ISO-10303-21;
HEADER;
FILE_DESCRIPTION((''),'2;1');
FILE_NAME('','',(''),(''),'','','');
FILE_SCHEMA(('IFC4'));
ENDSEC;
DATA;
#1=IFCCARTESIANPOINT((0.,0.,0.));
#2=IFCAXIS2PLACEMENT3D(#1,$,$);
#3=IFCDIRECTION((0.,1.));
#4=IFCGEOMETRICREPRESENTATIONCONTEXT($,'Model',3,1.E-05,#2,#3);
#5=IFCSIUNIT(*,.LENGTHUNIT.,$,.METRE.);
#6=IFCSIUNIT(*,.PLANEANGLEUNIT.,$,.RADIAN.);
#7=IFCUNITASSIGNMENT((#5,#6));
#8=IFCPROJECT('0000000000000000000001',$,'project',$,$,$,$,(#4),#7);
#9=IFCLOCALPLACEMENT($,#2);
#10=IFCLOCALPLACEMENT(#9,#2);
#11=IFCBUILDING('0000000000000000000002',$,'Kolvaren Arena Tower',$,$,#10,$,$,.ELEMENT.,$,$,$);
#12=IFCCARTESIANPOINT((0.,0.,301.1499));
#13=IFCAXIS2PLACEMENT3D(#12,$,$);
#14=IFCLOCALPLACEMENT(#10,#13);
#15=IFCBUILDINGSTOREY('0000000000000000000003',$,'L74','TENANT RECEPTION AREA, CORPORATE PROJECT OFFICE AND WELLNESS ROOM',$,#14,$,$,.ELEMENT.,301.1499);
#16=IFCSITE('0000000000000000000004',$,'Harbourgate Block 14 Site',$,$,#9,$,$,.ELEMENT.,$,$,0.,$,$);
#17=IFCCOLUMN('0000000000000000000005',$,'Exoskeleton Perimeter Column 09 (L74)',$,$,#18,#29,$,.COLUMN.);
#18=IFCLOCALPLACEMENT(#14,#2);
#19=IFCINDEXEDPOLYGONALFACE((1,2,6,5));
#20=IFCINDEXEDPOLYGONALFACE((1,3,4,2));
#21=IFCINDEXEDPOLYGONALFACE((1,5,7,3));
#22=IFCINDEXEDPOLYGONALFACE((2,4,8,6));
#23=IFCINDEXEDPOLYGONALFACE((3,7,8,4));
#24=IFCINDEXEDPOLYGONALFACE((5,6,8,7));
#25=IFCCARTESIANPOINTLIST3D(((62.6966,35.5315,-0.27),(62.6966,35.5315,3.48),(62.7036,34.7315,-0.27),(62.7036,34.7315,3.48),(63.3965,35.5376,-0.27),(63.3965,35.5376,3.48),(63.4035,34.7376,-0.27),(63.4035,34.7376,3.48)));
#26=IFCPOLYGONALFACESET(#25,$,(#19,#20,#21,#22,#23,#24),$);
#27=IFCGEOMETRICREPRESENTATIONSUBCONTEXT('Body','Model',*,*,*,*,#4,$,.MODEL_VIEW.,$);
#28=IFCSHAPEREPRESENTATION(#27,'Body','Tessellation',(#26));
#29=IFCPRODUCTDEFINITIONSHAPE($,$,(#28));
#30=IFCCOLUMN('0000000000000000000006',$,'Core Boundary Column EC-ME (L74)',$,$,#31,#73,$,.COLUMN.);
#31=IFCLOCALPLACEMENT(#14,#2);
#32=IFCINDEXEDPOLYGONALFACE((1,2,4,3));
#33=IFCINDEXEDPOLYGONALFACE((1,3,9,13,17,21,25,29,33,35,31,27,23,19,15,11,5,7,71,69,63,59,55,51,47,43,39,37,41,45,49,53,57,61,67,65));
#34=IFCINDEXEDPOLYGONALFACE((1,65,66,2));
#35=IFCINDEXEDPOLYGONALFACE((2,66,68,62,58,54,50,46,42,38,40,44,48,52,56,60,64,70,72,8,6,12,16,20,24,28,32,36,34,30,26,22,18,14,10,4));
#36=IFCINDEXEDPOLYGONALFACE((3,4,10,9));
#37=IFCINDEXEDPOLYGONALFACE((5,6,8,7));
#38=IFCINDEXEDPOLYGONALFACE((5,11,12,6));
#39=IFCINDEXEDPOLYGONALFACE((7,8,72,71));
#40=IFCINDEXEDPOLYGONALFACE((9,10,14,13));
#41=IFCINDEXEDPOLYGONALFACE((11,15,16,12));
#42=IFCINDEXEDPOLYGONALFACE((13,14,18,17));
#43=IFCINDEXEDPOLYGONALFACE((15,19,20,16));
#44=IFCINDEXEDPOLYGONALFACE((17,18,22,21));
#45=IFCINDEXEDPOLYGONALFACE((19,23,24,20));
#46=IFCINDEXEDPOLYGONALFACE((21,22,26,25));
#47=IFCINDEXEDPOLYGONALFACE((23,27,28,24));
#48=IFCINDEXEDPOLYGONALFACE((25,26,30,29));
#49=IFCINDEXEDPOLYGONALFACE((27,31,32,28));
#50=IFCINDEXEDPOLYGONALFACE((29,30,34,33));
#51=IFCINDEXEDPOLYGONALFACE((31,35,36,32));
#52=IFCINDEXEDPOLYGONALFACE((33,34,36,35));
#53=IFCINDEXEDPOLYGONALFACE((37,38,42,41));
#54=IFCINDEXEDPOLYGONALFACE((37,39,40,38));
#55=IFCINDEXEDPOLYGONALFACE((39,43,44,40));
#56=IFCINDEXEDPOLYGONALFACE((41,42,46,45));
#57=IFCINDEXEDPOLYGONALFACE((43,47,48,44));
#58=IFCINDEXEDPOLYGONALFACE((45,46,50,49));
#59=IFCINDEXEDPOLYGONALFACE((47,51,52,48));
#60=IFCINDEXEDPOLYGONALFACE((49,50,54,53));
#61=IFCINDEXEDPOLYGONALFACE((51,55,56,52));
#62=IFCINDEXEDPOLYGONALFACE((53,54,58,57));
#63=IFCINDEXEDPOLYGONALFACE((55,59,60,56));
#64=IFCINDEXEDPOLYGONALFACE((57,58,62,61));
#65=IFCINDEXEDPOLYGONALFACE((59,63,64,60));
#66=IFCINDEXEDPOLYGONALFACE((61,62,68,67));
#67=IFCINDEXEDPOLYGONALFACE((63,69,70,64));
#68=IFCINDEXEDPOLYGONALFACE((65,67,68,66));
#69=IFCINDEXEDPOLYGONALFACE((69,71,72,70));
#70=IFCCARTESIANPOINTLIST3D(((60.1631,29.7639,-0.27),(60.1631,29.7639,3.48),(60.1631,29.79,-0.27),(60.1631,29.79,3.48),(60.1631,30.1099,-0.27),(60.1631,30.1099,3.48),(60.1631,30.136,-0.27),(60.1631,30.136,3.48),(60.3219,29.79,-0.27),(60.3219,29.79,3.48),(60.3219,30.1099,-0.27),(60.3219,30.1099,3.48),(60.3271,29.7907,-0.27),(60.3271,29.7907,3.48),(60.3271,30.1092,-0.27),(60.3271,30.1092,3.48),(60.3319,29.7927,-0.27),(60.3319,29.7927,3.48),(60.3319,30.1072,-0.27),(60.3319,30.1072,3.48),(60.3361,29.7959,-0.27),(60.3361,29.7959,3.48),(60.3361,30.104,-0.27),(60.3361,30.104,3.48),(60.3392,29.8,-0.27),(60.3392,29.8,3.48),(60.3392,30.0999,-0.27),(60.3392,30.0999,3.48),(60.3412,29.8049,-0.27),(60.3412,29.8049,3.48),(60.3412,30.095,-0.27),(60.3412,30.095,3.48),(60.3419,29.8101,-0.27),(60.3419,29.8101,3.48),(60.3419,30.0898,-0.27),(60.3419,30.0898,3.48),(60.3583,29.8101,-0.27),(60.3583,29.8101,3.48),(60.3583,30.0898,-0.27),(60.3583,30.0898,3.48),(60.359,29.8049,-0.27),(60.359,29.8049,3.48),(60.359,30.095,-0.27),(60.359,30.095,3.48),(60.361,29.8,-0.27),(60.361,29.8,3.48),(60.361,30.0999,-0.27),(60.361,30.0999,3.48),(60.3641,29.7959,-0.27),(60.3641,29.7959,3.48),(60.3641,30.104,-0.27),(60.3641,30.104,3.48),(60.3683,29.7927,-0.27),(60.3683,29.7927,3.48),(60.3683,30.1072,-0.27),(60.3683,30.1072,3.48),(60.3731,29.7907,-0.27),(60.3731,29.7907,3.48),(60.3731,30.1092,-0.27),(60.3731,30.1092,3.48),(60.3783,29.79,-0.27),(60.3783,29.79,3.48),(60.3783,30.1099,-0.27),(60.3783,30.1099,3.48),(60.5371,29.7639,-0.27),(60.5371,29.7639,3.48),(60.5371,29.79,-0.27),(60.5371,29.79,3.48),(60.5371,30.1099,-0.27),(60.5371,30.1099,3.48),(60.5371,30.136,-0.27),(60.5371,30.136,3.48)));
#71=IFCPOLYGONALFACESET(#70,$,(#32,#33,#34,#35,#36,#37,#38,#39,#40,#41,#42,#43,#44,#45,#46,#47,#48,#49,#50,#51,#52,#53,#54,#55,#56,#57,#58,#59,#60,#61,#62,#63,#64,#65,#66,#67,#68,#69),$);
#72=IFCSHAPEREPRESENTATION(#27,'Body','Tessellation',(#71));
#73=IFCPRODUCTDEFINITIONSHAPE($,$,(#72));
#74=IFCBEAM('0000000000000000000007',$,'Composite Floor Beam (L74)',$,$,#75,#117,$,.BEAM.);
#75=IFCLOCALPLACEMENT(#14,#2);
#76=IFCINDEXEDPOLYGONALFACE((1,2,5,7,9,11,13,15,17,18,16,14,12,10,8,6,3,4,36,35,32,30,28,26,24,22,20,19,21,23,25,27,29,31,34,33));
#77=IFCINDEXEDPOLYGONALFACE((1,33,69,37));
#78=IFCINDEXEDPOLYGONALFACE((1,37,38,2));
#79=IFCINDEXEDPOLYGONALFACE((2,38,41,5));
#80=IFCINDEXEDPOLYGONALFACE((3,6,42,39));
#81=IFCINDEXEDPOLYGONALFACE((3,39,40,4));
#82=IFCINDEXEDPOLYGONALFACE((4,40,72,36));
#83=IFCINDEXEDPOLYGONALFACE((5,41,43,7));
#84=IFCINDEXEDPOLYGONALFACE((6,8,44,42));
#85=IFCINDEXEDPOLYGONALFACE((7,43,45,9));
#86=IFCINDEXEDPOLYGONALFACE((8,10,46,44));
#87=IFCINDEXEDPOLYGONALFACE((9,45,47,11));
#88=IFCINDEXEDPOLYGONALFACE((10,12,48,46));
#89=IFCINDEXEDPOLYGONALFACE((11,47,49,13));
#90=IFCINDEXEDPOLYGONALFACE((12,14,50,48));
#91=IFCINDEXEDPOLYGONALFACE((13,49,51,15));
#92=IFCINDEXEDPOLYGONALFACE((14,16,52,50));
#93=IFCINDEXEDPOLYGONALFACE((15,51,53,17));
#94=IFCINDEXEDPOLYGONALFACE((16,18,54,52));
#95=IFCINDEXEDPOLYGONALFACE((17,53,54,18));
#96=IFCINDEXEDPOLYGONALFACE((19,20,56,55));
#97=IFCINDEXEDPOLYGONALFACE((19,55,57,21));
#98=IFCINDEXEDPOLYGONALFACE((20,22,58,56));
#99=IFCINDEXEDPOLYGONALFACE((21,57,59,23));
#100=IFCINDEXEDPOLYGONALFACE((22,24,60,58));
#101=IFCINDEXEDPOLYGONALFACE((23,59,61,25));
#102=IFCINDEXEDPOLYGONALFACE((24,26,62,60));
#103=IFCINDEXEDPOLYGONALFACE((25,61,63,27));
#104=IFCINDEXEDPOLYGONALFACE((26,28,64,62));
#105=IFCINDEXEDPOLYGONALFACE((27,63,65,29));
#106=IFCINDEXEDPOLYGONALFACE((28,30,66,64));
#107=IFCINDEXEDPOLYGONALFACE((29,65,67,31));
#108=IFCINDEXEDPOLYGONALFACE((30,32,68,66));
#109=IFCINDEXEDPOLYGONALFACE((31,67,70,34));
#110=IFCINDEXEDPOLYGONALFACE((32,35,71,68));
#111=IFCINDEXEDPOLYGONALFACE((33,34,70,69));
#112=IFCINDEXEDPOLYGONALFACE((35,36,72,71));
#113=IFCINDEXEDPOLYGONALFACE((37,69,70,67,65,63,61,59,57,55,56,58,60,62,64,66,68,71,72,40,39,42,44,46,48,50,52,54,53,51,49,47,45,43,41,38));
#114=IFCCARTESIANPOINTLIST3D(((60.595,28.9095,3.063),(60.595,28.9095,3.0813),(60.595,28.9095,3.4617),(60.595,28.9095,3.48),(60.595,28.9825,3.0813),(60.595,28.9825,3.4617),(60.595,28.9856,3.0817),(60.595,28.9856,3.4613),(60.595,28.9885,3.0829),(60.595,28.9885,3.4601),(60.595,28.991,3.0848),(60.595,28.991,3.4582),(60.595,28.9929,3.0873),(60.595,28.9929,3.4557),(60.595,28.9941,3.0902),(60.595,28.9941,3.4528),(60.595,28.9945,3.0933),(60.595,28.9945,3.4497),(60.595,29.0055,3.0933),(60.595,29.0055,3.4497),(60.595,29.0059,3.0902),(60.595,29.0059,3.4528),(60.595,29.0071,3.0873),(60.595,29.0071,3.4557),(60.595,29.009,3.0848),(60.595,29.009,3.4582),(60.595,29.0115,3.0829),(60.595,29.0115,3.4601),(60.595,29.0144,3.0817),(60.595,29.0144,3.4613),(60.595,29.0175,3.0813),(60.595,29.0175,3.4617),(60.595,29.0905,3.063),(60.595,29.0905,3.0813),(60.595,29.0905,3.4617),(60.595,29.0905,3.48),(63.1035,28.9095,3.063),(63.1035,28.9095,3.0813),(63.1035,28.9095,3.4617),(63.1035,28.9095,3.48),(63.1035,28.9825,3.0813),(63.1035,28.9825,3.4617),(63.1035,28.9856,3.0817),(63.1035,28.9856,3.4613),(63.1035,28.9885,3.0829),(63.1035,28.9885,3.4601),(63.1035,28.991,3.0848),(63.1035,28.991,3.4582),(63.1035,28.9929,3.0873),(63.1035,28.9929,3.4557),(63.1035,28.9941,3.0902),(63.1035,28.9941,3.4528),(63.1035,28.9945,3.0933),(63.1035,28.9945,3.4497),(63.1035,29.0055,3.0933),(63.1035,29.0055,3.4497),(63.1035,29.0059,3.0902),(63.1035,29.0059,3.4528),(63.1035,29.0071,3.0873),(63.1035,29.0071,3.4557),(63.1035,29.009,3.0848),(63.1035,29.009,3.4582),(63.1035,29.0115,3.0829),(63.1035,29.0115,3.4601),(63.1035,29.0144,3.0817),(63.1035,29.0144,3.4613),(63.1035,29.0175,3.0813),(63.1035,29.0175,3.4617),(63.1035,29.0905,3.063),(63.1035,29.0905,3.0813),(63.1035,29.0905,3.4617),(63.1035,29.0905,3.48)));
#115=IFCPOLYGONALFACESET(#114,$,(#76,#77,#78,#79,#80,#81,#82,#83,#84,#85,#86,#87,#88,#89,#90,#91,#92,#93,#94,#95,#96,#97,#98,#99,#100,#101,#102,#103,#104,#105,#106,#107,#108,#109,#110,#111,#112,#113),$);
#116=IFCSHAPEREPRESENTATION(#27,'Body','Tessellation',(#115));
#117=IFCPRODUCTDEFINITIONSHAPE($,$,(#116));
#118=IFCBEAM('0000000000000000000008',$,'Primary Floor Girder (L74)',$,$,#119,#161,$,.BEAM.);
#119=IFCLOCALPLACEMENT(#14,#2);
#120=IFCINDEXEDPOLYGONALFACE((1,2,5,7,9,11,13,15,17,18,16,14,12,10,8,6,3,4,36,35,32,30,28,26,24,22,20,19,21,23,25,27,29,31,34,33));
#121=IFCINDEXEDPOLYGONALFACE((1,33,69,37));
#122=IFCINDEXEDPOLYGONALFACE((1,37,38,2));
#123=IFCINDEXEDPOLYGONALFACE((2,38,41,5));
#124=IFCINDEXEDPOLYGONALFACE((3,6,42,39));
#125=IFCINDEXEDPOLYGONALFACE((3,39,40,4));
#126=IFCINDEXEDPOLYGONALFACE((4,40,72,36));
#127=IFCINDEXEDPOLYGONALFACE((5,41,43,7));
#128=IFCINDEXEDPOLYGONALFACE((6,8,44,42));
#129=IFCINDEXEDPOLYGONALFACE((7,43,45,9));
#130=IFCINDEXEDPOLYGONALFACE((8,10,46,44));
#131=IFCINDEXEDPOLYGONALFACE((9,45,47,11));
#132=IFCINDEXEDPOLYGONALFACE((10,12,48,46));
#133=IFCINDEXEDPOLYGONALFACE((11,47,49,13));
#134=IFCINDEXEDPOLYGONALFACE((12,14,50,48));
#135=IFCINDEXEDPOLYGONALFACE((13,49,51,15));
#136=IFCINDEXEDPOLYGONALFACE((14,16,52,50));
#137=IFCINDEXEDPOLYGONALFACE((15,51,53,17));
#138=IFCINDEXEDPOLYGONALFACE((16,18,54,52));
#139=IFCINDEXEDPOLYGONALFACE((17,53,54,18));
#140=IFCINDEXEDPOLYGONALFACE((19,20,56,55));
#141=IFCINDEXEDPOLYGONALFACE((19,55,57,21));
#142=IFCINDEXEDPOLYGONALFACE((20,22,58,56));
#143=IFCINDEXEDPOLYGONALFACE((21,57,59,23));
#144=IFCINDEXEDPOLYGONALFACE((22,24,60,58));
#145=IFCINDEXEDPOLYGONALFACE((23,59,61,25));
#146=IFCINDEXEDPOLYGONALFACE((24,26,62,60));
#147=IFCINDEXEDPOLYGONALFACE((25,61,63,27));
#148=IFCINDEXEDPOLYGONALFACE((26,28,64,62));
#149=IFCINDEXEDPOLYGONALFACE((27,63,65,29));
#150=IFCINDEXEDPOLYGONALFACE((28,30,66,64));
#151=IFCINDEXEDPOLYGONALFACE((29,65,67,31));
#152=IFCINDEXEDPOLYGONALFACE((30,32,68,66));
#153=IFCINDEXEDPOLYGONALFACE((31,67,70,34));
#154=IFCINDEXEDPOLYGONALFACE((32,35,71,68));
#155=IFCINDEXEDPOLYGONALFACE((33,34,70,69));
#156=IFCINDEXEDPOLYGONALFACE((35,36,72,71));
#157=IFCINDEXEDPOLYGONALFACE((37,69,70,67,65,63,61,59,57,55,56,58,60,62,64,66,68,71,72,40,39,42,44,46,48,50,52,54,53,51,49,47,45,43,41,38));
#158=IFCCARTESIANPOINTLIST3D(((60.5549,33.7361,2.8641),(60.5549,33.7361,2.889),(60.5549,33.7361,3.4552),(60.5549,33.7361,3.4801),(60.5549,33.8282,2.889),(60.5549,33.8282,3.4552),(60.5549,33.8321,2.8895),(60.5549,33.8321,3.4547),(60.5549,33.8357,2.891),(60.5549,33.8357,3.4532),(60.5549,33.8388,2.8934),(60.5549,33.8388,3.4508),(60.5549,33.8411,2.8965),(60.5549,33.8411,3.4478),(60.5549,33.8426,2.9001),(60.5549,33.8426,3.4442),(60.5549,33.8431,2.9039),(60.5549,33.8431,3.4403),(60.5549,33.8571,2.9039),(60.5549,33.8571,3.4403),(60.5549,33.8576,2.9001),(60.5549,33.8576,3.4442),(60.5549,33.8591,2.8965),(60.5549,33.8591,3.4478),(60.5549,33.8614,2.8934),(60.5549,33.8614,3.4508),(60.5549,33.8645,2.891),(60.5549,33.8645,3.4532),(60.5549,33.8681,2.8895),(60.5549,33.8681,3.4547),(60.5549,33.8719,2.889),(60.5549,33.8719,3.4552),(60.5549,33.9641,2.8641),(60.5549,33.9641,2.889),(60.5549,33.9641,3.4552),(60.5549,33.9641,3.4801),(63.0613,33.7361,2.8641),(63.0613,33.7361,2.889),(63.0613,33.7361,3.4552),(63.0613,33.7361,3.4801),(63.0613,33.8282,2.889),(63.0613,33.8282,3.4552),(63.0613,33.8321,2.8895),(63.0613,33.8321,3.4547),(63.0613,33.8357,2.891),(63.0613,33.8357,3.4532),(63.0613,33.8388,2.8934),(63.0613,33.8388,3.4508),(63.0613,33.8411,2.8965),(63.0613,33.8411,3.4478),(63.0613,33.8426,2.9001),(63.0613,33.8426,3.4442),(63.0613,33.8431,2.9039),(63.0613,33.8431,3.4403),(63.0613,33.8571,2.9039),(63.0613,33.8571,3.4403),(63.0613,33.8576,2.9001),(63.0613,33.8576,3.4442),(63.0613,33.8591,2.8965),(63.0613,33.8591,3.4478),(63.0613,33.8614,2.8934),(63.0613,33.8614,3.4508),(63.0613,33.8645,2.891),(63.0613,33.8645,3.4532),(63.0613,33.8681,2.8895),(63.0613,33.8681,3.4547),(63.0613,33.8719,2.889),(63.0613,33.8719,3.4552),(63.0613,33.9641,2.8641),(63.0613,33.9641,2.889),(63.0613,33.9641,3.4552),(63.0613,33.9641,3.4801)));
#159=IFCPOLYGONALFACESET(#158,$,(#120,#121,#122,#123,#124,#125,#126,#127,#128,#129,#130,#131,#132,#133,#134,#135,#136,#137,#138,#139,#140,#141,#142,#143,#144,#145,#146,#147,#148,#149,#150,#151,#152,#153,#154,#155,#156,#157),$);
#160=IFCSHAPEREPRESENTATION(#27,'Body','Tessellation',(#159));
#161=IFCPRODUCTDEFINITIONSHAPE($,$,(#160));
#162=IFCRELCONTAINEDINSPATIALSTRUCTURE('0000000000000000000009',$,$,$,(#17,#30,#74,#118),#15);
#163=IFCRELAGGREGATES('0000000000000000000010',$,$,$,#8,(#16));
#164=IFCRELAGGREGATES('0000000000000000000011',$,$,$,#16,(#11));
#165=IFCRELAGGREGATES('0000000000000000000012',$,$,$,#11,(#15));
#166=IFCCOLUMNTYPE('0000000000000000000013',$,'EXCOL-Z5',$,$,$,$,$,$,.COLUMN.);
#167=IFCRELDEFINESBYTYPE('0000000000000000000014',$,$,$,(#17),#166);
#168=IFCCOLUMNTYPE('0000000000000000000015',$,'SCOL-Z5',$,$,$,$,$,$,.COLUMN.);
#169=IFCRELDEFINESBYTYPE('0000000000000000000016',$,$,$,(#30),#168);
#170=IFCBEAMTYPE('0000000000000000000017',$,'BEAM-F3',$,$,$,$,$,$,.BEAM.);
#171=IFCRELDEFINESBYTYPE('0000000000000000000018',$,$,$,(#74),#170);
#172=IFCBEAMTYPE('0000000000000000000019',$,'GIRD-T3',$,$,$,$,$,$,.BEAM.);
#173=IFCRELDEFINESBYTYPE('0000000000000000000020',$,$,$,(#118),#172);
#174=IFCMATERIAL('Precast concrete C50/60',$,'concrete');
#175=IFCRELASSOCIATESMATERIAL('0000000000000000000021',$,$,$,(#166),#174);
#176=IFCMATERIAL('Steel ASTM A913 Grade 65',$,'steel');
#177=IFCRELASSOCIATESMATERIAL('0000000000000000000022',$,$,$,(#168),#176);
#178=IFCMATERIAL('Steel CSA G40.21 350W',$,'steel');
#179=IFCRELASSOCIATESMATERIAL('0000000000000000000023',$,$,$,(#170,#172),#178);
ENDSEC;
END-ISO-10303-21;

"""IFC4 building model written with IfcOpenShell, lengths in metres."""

from ifc_helpers import new_model, si_unit, direction, frame, origin, origin_2d, place, context, subcontext, project, spatial, rectangle, i_section, extrude, material, material_profile, profile_set, type_object, element, save


model = new_model("IFC4")

# Units and contexts
model_context = context("Model", 3, precision=1e-05, world=origin(), true_north=direction((0.0, 1.0)))
body_context = subcontext(model_context, "Body", "Model", "MODEL_VIEW")
ifc_project = project(units=[si_unit("LENGTHUNIT", "METRE"), si_unit("PLANEANGLEUNIT", "RADIAN")], contexts=[model_context])

# Site, building, storey
site_placement = place(None, origin())
site = spatial("IfcSite", under=ifc_project, at=site_placement, Name="Harbourgate Block 14 Site", CompositionType="ELEMENT", RefElevation=0.0)
building_placement = place(site_placement, origin())
building = spatial("IfcBuilding", under=site, at=building_placement, Name="Kolvaren Arena Tower", CompositionType="ELEMENT")
storey_placement = place(building_placement, frame((0.0, 0.0, 301.1499)))
storey = spatial("IfcBuildingStorey", under=building, at=storey_placement, Name="L74", Description="TENANT RECEPTION AREA, CORPORATE PROJECT OFFICE AND WELLNESS ROOM", CompositionType="ELEMENT", Elevation=301.1499)

# Columns
ifc_material_1 = material(Name="Precast concrete C50/60", Category="concrete")
ifc_material_profile_1 = material_profile(ifc_material_1, rectangle(XDim=0.8, YDim=0.7, at=origin_2d()), Name="RC-800x700")
ifc_profile_set_1 = profile_set([ifc_material_profile_1], Name="Precast concrete C50/60")
column_type_1 = type_object("IfcColumnType", Name="EXCOL-Z5", PredefinedType="COLUMN", material=ifc_profile_set_1)
column_1_placement = place(storey_placement, frame((63.05, 35.1345, -0.27), z_axis=(0.0, 0.0, 1.0), x_axis=(-0.008727, 0.999962, 0.0)))
element("IfcColumn", 1, at=column_1_placement, inside=storey, type_object=column_type_1, Name="Exoskeleton Perimeter Column 09 (L74)", PredefinedType="COLUMN", context=body_context, shape_type="SweptSolid", body=[
    extrude(rectangle(XDim=0.8, YDim=0.7, at=origin_2d()), origin(), (0.0, 0.0, 1.0), 3.75),
])
ifc_material_2 = material(Name="Steel ASTM A913 Grade 65", Category="steel")
ifc_material_profile_2 = material_profile(ifc_material_2, i_section(OverallWidth=0.374, OverallDepth=0.3721, WebThickness=0.0164, FlangeThickness=0.0261, FilletRadius=0.02, at=origin_2d()), Name="W360x196")
ifc_profile_set_2 = profile_set([ifc_material_profile_2], Name="Steel ASTM A913 Grade 65")
column_type_2 = type_object("IfcColumnType", Name="SCOL-Z5", PredefinedType="COLUMN", material=ifc_profile_set_2)
column_2_placement = place(storey_placement, frame((60.3501, 29.95, -0.27), z_axis=(0.0, 0.0, 1.0), x_axis=(1.0, 0.0, 0.0)))
element("IfcColumn", 2, at=column_2_placement, inside=storey, type_object=column_type_2, Name="Core Boundary Column EC-ME (L74)", PredefinedType="COLUMN", context=body_context, shape_type="SweptSolid", body=[
    extrude(i_section(OverallWidth=0.374, OverallDepth=0.3721, WebThickness=0.0164, FlangeThickness=0.0261, FilletRadius=0.02, at=origin_2d()), origin(), (0.0, 0.0, 1.0), 3.75),
])

# Beams
ifc_material_3 = material(Name="Steel CSA G40.21 350W", Category="steel")
ifc_material_profile_3 = material_profile(ifc_material_3, i_section(OverallWidth=0.1809, OverallDepth=0.417, WebThickness=0.011, FlangeThickness=0.0183, FilletRadius=0.012, at=origin_2d()), Name="W410x85")
ifc_profile_set_3 = profile_set([ifc_material_profile_3], Name="Steel CSA G40.21 350W")
beam_type_1 = type_object("IfcBeamType", Name="BEAM-F3", PredefinedType="BEAM", material=ifc_profile_set_3)
beam_1_placement = place(storey_placement, frame((60.595, 29.0, 3.2715), z_axis=(1.0, 0.0, 0.0), x_axis=(0.0, 1.0, 0.0)))
element("IfcBeam", 3, at=beam_1_placement, inside=storey, type_object=beam_type_1, Name="Composite Floor Beam (L74)", PredefinedType="BEAM", context=body_context, shape_type="SweptSolid", body=[
    extrude(i_section(OverallWidth=0.1809, OverallDepth=0.417, WebThickness=0.011, FlangeThickness=0.0183, FilletRadius=0.012, at=origin_2d()), origin(), (0.0, 0.0, 1.0), 2.5085),
])
ifc_material_profile_4 = material_profile(ifc_material_3, i_section(OverallWidth=0.228, OverallDepth=0.616, WebThickness=0.0139, FlangeThickness=0.0249, FilletRadius=0.0149, at=origin_2d()), Name="W610x174")
ifc_profile_set_4 = profile_set([ifc_material_profile_4], Name="Steel CSA G40.21 350W")
beam_type_2 = type_object("IfcBeamType", Name="GIRD-T3", PredefinedType="BEAM", material=ifc_profile_set_4)
beam_2_placement = place(storey_placement, frame((60.5549, 33.8501, 3.1721), z_axis=(1.0, 0.0, 0.0), x_axis=(0.0, 1.0, 0.0)))
element("IfcBeam", 4, at=beam_2_placement, inside=storey, type_object=beam_type_2, Name="Primary Floor Girder (L74)", PredefinedType="BEAM", context=body_context, shape_type="SweptSolid", body=[
    extrude(i_section(OverallWidth=0.228, OverallDepth=0.616, WebThickness=0.0139, FlangeThickness=0.0249, FilletRadius=0.0149, at=origin_2d()), origin(), (0.0, 0.0, 1.0), 2.5063),
])

save(model, "model.ifc")
